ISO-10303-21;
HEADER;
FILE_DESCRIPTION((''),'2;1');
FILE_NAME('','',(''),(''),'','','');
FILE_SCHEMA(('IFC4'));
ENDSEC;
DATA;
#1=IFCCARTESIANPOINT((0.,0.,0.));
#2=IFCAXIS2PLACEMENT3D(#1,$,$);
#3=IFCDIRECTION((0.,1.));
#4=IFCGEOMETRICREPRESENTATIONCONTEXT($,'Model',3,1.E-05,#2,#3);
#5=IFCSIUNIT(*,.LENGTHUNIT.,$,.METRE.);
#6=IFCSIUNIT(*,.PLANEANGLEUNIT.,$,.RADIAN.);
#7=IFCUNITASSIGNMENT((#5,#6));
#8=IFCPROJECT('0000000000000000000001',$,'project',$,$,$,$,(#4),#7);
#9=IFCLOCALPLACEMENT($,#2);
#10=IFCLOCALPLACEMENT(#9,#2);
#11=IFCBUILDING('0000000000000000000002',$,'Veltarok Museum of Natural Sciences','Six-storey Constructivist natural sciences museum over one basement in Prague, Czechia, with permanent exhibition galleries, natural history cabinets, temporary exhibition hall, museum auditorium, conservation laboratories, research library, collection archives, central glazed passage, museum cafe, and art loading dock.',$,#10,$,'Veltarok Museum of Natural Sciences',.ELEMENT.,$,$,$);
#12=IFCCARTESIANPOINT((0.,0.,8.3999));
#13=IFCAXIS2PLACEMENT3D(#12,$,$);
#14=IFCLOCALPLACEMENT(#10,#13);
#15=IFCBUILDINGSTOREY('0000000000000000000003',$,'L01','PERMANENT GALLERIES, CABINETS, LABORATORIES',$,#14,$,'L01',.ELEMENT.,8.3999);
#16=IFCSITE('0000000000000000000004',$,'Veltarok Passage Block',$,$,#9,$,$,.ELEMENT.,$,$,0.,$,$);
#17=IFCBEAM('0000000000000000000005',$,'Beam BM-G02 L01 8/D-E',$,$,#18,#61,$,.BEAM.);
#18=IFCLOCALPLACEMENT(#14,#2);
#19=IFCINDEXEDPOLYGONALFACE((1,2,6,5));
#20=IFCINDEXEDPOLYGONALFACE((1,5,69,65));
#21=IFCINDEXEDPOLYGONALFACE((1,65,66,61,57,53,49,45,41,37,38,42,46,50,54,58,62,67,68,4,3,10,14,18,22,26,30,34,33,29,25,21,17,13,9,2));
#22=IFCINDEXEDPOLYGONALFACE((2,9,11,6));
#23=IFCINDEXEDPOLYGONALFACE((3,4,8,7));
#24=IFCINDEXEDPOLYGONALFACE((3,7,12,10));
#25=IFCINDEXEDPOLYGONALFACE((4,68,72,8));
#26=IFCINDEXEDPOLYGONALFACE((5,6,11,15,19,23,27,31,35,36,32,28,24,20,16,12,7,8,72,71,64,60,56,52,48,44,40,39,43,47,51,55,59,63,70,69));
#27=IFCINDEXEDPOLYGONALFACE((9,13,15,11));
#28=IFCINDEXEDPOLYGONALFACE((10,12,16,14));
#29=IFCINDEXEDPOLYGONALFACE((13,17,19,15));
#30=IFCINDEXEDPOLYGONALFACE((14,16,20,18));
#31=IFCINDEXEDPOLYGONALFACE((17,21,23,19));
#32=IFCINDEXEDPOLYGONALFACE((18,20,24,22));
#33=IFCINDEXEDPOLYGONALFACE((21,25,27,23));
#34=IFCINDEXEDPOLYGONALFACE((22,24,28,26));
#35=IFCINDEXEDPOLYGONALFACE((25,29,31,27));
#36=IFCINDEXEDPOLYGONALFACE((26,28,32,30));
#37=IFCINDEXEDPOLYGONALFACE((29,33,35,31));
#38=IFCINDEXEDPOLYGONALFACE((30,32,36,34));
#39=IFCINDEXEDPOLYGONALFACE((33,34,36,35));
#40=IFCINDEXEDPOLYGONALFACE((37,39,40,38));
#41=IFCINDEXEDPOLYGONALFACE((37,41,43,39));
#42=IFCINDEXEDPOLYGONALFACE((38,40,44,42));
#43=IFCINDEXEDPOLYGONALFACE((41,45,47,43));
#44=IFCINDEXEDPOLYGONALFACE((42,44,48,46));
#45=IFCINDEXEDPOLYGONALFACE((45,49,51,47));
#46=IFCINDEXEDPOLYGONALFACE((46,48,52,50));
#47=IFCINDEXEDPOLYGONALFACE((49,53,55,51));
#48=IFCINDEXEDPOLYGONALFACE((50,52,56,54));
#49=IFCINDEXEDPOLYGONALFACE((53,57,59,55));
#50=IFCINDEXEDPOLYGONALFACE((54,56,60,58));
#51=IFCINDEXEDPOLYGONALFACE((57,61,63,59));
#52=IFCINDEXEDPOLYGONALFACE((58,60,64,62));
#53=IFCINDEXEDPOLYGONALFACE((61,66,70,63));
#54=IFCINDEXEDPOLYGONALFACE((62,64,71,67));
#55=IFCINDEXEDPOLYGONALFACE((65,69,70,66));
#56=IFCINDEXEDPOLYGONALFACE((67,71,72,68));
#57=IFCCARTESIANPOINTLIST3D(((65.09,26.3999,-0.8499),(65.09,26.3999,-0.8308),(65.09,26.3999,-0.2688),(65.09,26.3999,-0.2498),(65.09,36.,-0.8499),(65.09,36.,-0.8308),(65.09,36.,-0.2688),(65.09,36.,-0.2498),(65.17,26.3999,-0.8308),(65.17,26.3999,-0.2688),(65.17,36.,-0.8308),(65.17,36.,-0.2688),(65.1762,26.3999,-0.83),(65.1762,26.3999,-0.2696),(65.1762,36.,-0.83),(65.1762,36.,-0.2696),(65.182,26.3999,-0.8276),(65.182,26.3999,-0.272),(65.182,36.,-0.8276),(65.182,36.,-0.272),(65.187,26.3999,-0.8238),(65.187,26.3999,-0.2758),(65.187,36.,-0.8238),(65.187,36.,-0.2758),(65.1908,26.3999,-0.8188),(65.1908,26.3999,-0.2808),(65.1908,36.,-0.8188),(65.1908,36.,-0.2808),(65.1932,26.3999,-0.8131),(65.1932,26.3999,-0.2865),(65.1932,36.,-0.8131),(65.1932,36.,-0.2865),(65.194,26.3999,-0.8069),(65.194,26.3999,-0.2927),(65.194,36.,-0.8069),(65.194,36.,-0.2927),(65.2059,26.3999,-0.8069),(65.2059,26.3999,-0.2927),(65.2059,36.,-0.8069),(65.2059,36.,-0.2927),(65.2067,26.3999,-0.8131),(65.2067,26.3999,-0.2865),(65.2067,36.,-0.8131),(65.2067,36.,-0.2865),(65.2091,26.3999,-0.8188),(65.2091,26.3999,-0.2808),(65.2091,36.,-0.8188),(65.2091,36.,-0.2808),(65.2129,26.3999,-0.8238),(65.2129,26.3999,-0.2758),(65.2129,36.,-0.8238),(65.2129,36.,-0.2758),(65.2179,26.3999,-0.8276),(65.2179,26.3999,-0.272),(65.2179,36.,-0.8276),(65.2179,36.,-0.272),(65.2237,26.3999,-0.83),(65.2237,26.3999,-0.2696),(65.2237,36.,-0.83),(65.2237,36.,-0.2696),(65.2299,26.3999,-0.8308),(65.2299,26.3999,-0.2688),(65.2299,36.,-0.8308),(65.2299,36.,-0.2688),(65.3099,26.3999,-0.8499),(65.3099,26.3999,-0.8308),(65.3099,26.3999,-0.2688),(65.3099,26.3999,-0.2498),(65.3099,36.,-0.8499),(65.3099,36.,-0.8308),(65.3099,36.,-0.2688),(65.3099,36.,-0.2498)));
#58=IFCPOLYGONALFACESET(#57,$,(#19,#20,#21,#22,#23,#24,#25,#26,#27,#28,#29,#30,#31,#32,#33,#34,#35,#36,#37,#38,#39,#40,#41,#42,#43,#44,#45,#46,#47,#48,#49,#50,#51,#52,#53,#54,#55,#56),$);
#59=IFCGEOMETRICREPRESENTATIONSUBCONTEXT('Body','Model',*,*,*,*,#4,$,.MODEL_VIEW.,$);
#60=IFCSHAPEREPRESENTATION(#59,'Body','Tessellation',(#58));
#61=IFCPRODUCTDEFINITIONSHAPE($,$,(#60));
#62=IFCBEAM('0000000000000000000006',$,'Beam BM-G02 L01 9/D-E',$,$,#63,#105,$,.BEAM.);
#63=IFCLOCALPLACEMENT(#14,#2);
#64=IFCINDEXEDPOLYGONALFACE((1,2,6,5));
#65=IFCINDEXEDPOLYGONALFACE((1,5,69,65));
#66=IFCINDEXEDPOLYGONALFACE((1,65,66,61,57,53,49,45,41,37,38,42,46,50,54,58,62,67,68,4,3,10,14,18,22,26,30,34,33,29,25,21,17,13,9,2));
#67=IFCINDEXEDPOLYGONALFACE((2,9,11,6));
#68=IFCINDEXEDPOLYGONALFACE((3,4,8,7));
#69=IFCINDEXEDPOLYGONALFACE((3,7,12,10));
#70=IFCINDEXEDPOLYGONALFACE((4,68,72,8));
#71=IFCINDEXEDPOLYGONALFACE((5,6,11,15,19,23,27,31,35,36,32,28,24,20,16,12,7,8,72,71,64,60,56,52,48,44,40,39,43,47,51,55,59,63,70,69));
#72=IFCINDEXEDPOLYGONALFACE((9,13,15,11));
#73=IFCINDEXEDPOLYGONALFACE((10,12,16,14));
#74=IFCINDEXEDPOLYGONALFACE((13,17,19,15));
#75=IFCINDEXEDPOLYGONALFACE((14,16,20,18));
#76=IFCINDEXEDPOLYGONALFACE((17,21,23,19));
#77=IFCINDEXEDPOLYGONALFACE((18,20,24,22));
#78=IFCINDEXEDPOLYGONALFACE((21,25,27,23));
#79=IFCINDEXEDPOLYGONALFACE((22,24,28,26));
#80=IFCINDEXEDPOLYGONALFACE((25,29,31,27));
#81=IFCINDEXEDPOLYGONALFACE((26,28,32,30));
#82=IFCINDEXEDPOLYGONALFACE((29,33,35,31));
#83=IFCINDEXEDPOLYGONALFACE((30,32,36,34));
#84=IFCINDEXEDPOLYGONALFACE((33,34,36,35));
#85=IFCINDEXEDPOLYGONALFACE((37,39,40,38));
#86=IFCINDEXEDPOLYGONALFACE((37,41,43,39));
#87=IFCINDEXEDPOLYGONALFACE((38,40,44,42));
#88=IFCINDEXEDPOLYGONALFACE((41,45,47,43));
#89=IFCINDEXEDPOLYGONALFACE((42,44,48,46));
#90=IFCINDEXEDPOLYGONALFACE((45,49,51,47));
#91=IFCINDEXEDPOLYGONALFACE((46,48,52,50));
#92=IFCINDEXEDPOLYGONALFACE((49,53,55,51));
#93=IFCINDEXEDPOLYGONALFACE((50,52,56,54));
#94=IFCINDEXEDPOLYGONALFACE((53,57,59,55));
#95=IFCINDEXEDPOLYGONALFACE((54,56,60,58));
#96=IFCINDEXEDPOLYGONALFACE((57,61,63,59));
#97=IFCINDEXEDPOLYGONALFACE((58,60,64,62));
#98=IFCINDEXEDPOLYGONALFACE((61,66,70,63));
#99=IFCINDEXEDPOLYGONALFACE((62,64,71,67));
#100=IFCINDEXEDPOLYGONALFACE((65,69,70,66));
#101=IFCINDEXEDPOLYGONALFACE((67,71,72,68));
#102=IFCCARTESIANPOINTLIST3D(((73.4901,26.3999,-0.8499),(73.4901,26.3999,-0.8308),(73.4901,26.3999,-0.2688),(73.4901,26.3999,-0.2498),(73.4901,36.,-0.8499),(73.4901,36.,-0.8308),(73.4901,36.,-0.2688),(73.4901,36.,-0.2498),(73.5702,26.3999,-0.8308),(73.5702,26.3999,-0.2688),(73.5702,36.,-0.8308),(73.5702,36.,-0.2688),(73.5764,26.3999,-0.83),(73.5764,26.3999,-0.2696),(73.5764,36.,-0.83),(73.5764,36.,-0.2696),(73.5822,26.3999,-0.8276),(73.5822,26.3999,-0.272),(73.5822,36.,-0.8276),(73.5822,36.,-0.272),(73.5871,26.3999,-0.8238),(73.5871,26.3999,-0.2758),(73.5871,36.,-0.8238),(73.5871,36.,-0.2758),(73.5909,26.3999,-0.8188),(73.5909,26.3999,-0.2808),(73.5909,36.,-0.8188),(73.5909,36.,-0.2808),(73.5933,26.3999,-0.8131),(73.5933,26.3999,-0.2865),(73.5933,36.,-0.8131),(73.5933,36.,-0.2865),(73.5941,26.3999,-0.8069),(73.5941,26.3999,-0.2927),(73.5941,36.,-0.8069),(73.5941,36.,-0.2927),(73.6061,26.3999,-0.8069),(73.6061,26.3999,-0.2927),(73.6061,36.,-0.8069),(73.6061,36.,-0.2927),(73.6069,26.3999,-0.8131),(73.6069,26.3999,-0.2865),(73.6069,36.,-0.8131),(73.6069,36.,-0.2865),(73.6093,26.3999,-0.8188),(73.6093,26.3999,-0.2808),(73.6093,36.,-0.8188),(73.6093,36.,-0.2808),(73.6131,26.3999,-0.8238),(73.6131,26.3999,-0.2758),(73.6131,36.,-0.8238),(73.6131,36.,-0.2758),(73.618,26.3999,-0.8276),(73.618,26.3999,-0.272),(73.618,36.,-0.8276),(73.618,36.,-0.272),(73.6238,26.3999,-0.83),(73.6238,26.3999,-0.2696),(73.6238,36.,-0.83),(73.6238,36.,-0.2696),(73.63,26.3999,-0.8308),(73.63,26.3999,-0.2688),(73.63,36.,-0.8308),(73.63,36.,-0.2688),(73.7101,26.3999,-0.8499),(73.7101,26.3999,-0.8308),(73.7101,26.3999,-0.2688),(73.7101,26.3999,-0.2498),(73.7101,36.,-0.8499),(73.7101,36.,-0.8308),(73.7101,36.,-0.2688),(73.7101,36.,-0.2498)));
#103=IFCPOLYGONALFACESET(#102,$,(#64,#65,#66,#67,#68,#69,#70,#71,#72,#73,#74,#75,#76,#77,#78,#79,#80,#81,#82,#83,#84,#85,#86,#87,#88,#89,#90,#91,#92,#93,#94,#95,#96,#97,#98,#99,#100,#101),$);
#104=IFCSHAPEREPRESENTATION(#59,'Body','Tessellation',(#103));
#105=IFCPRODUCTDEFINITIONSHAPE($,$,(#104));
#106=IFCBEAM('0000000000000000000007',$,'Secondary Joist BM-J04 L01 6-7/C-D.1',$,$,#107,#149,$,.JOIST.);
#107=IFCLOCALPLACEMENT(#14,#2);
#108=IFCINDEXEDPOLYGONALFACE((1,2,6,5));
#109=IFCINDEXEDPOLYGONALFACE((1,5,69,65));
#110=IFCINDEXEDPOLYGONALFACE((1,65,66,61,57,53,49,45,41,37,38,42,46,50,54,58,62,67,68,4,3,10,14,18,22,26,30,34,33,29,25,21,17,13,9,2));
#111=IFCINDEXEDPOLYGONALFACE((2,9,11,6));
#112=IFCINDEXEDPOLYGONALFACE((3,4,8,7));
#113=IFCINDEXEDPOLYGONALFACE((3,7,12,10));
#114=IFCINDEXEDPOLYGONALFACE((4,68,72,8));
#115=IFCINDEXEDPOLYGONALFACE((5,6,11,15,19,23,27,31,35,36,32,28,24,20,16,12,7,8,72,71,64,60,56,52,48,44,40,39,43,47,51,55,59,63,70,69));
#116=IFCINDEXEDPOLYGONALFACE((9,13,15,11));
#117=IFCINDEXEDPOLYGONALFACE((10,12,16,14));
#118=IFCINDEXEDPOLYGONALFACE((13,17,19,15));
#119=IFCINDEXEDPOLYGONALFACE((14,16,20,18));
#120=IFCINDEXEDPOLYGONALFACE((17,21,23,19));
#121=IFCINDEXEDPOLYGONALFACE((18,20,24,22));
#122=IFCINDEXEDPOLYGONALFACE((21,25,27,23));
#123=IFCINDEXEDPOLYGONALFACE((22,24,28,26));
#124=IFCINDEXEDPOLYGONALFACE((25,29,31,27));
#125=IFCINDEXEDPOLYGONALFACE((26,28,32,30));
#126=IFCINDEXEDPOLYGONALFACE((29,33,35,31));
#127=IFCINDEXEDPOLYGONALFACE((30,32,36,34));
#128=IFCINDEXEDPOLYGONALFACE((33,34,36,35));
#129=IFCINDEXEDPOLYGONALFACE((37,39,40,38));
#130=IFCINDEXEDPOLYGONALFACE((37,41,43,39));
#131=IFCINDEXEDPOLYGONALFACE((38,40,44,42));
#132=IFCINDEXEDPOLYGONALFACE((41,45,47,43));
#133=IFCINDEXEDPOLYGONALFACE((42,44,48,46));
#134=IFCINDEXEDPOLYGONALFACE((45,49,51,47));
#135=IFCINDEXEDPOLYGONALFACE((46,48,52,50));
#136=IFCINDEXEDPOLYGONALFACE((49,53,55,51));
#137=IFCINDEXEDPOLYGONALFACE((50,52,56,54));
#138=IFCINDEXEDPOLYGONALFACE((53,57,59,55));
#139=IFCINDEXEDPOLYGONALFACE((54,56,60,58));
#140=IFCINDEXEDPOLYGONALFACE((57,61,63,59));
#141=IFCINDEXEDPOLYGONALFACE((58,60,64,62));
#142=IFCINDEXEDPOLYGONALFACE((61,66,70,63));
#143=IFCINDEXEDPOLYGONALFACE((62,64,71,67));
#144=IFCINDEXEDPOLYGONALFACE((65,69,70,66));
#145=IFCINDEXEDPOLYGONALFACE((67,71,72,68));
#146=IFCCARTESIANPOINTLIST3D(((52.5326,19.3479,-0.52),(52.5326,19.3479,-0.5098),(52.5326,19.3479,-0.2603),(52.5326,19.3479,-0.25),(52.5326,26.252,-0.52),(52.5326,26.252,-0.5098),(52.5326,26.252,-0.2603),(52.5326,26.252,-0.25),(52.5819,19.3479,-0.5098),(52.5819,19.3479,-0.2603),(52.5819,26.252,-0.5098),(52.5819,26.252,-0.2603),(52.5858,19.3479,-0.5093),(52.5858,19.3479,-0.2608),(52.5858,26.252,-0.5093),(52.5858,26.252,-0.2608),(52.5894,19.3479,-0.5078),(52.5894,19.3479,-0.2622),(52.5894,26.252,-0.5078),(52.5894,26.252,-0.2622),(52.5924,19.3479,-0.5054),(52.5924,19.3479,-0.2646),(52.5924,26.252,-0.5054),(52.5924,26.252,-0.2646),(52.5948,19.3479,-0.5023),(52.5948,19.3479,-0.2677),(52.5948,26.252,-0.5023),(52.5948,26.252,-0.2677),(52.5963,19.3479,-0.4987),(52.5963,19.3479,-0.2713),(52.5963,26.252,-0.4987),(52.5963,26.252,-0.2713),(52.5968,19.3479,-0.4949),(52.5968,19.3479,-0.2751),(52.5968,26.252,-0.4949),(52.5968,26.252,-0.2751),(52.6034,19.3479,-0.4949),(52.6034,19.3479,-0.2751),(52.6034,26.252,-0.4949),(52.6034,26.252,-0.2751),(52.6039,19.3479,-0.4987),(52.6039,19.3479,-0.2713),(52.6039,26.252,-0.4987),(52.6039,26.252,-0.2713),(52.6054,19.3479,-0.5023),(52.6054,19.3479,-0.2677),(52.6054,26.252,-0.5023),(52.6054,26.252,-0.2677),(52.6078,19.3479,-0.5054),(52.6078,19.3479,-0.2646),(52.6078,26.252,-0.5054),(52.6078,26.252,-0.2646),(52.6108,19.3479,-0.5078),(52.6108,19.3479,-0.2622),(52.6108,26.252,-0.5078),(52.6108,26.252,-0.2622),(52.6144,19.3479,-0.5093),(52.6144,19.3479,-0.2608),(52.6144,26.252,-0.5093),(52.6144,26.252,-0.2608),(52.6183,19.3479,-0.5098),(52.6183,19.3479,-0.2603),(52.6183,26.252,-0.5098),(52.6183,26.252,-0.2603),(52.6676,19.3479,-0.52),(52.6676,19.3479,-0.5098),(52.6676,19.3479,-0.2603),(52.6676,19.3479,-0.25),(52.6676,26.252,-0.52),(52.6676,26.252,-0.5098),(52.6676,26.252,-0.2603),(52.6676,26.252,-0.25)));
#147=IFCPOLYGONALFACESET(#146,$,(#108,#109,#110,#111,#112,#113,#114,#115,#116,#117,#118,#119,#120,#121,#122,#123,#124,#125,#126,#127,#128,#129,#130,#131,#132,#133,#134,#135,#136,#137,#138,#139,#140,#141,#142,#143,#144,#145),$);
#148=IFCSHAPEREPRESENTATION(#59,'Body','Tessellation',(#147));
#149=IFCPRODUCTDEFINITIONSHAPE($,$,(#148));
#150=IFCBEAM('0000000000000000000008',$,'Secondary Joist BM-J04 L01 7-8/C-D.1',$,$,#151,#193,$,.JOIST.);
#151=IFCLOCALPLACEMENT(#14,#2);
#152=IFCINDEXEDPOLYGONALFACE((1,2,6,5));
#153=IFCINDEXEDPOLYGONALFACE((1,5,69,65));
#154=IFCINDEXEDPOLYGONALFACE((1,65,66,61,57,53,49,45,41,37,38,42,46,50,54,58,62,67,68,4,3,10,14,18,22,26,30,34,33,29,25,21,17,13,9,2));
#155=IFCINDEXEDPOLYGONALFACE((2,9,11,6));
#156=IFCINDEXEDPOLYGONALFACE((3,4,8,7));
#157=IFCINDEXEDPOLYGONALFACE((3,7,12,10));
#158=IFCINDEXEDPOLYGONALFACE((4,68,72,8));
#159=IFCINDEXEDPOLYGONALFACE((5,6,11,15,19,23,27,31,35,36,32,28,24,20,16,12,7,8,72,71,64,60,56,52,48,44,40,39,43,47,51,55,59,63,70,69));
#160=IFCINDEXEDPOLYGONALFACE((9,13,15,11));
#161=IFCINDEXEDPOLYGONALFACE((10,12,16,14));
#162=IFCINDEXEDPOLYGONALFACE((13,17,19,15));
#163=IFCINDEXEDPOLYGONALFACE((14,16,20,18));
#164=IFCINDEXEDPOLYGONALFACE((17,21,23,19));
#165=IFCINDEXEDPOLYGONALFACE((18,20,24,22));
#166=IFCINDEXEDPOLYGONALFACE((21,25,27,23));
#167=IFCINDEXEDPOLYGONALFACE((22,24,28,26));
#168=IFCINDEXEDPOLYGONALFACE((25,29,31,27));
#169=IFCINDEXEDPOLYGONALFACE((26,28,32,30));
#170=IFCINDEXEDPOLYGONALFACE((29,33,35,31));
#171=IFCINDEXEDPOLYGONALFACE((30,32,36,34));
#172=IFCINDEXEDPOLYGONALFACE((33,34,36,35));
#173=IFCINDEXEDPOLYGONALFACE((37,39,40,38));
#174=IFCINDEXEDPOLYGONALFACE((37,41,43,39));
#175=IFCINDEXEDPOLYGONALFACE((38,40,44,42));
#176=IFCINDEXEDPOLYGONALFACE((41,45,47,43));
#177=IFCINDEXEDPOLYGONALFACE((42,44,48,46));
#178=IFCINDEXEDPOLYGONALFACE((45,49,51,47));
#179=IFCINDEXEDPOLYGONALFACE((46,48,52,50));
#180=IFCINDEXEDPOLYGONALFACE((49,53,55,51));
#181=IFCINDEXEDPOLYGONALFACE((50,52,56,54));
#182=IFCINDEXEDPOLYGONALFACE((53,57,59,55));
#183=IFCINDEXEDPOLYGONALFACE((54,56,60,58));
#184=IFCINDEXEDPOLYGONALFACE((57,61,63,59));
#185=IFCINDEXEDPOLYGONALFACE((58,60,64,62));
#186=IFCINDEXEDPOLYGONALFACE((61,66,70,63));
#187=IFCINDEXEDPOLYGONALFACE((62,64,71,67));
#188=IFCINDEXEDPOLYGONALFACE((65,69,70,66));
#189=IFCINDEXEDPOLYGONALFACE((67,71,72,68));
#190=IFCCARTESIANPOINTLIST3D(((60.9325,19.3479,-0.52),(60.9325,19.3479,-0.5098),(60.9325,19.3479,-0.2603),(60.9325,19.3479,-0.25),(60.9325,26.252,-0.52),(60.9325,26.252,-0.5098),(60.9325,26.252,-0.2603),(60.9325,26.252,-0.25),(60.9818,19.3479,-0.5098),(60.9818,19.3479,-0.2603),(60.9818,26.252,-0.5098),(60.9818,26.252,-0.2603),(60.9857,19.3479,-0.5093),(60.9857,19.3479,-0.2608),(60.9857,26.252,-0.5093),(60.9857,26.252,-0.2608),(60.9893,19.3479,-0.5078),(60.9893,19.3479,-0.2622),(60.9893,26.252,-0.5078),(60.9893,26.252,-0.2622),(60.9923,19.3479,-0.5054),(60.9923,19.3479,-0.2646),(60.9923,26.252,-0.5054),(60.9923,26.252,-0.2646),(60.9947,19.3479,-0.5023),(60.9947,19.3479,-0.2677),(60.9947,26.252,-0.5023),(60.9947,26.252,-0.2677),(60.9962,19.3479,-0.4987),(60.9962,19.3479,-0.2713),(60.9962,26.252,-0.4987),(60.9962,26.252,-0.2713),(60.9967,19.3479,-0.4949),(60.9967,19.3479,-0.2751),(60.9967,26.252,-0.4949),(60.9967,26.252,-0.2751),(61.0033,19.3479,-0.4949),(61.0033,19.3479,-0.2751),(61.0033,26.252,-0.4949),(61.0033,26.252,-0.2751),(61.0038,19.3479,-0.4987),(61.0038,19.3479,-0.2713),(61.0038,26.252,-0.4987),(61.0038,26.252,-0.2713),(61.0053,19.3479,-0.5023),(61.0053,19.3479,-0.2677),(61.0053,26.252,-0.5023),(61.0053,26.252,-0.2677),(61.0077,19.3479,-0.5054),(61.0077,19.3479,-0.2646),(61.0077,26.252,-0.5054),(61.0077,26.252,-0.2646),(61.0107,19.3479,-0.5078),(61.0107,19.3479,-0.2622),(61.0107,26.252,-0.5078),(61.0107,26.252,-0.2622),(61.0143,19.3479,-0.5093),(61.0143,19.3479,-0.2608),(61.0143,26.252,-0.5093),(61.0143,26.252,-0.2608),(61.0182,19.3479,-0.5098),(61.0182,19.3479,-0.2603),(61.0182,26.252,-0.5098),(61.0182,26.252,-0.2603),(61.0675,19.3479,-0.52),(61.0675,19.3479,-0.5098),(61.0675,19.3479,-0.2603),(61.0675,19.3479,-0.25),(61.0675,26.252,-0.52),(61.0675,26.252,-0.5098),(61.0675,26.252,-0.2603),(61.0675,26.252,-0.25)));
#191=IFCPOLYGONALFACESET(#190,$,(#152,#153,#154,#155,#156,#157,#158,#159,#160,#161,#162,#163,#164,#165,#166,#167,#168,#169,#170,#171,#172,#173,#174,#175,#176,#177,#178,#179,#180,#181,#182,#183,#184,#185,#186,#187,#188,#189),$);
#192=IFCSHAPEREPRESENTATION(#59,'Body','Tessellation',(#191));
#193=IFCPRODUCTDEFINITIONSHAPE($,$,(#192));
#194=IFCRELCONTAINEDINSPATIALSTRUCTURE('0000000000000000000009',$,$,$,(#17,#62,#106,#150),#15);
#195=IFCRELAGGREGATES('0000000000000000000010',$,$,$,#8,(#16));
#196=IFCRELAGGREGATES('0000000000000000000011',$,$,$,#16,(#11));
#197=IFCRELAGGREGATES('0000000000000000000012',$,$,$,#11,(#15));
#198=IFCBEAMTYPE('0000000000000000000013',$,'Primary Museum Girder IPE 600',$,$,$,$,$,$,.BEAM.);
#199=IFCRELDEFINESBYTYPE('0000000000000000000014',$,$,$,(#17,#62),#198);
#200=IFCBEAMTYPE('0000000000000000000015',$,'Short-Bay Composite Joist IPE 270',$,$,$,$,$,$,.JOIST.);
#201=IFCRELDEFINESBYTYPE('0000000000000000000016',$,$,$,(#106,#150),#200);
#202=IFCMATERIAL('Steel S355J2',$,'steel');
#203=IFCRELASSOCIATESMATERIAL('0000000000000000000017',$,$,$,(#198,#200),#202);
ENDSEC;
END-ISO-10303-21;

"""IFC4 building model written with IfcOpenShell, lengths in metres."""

from ifc_helpers import new_model, si_unit, direction, frame, origin, origin_2d, place, context, subcontext, project, spatial, i_section, extrude, material, material_profile, profile_set, type_object, element, save


model = new_model("IFC4")

# Units and contexts
model_context = context("Model", 3, precision=1e-05, world=origin(), true_north=direction((0.0, 1.0)))
body_context = subcontext(model_context, "Body", "Model", "MODEL_VIEW")
ifc_project = project(units=[si_unit("LENGTHUNIT", "METRE"), si_unit("PLANEANGLEUNIT", "RADIAN")], contexts=[model_context])

# Site, building, storey
site_placement = place(None, origin())
site = spatial("IfcSite", under=ifc_project, at=site_placement, Name="Veltarok Passage Block", CompositionType="ELEMENT", RefElevation=0.0)
building_placement = place(site_placement, origin())
building = spatial("IfcBuilding", under=site, at=building_placement, Name="Veltarok Museum of Natural Sciences", Description="Six-storey Constructivist natural sciences museum over one basement in Prague, Czechia, with permanent exhibition galleries, natural history cabinets, temporary exhibition hall, museum auditorium, conservation laboratories, research library, collection archives, central glazed passage, museum cafe, and art loading dock.", LongName="Veltarok Museum of Natural Sciences", CompositionType="ELEMENT")
storey_placement = place(building_placement, frame((0.0, 0.0, 8.3999)))
storey = spatial("IfcBuildingStorey", under=building, at=storey_placement, Name="L01", Description="PERMANENT GALLERIES, CABINETS, LABORATORIES", LongName="L01", CompositionType="ELEMENT", Elevation=8.3999)

# Shared definitions
ifc_material = material(Name="Steel S355J2", Category="steel")

# Beams
ifc_material_profile_1 = material_profile(ifc_material, i_section(OverallWidth=0.22, OverallDepth=0.6001, WebThickness=0.012, FlangeThickness=0.019, FilletRadius=0.0239, at=origin_2d()), Name="IPE 600")
ifc_profile_set_1 = profile_set([ifc_material_profile_1], Name="Steel S355J2")
beam_type_1 = type_object("IfcBeamType", Name="Primary Museum Girder IPE 600", PredefinedType="BEAM", material=ifc_profile_set_1)
for number, where, z_axis, x_axis, name in (
    (1, (65.2, 26.3999, -0.5498), (0.0, 1.0, 0.0), (-1.0, 0.0, 0.0), "Beam BM-G02 L01 8/D-E"),
    (2, (73.6001, 26.3999, -0.5498), (0.0, 1.0, 0.0), (-1.0, 0.0, 0.0), "Beam BM-G02 L01 9/D-E"),
):
    element("IfcBeam", number, at=place(storey_placement, frame(where, z_axis=z_axis, x_axis=x_axis)), inside=storey, type_object=beam_type_1, Name=name, PredefinedType="BEAM", context=body_context, shape_type="SweptSolid", body=[
        extrude(i_section(OverallWidth=0.22, OverallDepth=0.6001, WebThickness=0.012, FlangeThickness=0.019, FilletRadius=0.0239, at=origin_2d()), origin(), (0.0, 0.0, 1.0), 9.6001),
    ])
ifc_material_profile_2 = material_profile(ifc_material, i_section(OverallWidth=0.135, OverallDepth=0.27, WebThickness=0.0066, FlangeThickness=0.0103, FilletRadius=0.0149, at=origin_2d()), Name="IPE 270")
ifc_profile_set_2 = profile_set([ifc_material_profile_2], Name="Steel S355J2")
beam_type_2 = type_object("IfcBeamType", Name="Short-Bay Composite Joist IPE 270", PredefinedType="JOIST", material=ifc_profile_set_2)
for number, where, z_axis, x_axis, name in (
    (3, (52.6001, 19.3479, -0.385), (0.0, 1.0, 0.0), (-1.0, 0.0, 0.0), "Secondary Joist BM-J04 L01 6-7/C-D.1"),
    (4, (61.0, 19.3479, -0.385), (0.0, 1.0, 0.0), (-1.0, 0.0, 0.0), "Secondary Joist BM-J04 L01 7-8/C-D.1"),
):
    element("IfcBeam", number, at=place(storey_placement, frame(where, z_axis=z_axis, x_axis=x_axis)), inside=storey, type_object=beam_type_2, Name=name, PredefinedType="JOIST", context=body_context, shape_type="SweptSolid", body=[
        extrude(i_section(OverallWidth=0.135, OverallDepth=0.27, WebThickness=0.0066, FlangeThickness=0.0103, FilletRadius=0.0149, at=origin_2d()), origin(), (0.0, 0.0, 1.0), 6.9041),
    ])

save(model, "model.ifc")
